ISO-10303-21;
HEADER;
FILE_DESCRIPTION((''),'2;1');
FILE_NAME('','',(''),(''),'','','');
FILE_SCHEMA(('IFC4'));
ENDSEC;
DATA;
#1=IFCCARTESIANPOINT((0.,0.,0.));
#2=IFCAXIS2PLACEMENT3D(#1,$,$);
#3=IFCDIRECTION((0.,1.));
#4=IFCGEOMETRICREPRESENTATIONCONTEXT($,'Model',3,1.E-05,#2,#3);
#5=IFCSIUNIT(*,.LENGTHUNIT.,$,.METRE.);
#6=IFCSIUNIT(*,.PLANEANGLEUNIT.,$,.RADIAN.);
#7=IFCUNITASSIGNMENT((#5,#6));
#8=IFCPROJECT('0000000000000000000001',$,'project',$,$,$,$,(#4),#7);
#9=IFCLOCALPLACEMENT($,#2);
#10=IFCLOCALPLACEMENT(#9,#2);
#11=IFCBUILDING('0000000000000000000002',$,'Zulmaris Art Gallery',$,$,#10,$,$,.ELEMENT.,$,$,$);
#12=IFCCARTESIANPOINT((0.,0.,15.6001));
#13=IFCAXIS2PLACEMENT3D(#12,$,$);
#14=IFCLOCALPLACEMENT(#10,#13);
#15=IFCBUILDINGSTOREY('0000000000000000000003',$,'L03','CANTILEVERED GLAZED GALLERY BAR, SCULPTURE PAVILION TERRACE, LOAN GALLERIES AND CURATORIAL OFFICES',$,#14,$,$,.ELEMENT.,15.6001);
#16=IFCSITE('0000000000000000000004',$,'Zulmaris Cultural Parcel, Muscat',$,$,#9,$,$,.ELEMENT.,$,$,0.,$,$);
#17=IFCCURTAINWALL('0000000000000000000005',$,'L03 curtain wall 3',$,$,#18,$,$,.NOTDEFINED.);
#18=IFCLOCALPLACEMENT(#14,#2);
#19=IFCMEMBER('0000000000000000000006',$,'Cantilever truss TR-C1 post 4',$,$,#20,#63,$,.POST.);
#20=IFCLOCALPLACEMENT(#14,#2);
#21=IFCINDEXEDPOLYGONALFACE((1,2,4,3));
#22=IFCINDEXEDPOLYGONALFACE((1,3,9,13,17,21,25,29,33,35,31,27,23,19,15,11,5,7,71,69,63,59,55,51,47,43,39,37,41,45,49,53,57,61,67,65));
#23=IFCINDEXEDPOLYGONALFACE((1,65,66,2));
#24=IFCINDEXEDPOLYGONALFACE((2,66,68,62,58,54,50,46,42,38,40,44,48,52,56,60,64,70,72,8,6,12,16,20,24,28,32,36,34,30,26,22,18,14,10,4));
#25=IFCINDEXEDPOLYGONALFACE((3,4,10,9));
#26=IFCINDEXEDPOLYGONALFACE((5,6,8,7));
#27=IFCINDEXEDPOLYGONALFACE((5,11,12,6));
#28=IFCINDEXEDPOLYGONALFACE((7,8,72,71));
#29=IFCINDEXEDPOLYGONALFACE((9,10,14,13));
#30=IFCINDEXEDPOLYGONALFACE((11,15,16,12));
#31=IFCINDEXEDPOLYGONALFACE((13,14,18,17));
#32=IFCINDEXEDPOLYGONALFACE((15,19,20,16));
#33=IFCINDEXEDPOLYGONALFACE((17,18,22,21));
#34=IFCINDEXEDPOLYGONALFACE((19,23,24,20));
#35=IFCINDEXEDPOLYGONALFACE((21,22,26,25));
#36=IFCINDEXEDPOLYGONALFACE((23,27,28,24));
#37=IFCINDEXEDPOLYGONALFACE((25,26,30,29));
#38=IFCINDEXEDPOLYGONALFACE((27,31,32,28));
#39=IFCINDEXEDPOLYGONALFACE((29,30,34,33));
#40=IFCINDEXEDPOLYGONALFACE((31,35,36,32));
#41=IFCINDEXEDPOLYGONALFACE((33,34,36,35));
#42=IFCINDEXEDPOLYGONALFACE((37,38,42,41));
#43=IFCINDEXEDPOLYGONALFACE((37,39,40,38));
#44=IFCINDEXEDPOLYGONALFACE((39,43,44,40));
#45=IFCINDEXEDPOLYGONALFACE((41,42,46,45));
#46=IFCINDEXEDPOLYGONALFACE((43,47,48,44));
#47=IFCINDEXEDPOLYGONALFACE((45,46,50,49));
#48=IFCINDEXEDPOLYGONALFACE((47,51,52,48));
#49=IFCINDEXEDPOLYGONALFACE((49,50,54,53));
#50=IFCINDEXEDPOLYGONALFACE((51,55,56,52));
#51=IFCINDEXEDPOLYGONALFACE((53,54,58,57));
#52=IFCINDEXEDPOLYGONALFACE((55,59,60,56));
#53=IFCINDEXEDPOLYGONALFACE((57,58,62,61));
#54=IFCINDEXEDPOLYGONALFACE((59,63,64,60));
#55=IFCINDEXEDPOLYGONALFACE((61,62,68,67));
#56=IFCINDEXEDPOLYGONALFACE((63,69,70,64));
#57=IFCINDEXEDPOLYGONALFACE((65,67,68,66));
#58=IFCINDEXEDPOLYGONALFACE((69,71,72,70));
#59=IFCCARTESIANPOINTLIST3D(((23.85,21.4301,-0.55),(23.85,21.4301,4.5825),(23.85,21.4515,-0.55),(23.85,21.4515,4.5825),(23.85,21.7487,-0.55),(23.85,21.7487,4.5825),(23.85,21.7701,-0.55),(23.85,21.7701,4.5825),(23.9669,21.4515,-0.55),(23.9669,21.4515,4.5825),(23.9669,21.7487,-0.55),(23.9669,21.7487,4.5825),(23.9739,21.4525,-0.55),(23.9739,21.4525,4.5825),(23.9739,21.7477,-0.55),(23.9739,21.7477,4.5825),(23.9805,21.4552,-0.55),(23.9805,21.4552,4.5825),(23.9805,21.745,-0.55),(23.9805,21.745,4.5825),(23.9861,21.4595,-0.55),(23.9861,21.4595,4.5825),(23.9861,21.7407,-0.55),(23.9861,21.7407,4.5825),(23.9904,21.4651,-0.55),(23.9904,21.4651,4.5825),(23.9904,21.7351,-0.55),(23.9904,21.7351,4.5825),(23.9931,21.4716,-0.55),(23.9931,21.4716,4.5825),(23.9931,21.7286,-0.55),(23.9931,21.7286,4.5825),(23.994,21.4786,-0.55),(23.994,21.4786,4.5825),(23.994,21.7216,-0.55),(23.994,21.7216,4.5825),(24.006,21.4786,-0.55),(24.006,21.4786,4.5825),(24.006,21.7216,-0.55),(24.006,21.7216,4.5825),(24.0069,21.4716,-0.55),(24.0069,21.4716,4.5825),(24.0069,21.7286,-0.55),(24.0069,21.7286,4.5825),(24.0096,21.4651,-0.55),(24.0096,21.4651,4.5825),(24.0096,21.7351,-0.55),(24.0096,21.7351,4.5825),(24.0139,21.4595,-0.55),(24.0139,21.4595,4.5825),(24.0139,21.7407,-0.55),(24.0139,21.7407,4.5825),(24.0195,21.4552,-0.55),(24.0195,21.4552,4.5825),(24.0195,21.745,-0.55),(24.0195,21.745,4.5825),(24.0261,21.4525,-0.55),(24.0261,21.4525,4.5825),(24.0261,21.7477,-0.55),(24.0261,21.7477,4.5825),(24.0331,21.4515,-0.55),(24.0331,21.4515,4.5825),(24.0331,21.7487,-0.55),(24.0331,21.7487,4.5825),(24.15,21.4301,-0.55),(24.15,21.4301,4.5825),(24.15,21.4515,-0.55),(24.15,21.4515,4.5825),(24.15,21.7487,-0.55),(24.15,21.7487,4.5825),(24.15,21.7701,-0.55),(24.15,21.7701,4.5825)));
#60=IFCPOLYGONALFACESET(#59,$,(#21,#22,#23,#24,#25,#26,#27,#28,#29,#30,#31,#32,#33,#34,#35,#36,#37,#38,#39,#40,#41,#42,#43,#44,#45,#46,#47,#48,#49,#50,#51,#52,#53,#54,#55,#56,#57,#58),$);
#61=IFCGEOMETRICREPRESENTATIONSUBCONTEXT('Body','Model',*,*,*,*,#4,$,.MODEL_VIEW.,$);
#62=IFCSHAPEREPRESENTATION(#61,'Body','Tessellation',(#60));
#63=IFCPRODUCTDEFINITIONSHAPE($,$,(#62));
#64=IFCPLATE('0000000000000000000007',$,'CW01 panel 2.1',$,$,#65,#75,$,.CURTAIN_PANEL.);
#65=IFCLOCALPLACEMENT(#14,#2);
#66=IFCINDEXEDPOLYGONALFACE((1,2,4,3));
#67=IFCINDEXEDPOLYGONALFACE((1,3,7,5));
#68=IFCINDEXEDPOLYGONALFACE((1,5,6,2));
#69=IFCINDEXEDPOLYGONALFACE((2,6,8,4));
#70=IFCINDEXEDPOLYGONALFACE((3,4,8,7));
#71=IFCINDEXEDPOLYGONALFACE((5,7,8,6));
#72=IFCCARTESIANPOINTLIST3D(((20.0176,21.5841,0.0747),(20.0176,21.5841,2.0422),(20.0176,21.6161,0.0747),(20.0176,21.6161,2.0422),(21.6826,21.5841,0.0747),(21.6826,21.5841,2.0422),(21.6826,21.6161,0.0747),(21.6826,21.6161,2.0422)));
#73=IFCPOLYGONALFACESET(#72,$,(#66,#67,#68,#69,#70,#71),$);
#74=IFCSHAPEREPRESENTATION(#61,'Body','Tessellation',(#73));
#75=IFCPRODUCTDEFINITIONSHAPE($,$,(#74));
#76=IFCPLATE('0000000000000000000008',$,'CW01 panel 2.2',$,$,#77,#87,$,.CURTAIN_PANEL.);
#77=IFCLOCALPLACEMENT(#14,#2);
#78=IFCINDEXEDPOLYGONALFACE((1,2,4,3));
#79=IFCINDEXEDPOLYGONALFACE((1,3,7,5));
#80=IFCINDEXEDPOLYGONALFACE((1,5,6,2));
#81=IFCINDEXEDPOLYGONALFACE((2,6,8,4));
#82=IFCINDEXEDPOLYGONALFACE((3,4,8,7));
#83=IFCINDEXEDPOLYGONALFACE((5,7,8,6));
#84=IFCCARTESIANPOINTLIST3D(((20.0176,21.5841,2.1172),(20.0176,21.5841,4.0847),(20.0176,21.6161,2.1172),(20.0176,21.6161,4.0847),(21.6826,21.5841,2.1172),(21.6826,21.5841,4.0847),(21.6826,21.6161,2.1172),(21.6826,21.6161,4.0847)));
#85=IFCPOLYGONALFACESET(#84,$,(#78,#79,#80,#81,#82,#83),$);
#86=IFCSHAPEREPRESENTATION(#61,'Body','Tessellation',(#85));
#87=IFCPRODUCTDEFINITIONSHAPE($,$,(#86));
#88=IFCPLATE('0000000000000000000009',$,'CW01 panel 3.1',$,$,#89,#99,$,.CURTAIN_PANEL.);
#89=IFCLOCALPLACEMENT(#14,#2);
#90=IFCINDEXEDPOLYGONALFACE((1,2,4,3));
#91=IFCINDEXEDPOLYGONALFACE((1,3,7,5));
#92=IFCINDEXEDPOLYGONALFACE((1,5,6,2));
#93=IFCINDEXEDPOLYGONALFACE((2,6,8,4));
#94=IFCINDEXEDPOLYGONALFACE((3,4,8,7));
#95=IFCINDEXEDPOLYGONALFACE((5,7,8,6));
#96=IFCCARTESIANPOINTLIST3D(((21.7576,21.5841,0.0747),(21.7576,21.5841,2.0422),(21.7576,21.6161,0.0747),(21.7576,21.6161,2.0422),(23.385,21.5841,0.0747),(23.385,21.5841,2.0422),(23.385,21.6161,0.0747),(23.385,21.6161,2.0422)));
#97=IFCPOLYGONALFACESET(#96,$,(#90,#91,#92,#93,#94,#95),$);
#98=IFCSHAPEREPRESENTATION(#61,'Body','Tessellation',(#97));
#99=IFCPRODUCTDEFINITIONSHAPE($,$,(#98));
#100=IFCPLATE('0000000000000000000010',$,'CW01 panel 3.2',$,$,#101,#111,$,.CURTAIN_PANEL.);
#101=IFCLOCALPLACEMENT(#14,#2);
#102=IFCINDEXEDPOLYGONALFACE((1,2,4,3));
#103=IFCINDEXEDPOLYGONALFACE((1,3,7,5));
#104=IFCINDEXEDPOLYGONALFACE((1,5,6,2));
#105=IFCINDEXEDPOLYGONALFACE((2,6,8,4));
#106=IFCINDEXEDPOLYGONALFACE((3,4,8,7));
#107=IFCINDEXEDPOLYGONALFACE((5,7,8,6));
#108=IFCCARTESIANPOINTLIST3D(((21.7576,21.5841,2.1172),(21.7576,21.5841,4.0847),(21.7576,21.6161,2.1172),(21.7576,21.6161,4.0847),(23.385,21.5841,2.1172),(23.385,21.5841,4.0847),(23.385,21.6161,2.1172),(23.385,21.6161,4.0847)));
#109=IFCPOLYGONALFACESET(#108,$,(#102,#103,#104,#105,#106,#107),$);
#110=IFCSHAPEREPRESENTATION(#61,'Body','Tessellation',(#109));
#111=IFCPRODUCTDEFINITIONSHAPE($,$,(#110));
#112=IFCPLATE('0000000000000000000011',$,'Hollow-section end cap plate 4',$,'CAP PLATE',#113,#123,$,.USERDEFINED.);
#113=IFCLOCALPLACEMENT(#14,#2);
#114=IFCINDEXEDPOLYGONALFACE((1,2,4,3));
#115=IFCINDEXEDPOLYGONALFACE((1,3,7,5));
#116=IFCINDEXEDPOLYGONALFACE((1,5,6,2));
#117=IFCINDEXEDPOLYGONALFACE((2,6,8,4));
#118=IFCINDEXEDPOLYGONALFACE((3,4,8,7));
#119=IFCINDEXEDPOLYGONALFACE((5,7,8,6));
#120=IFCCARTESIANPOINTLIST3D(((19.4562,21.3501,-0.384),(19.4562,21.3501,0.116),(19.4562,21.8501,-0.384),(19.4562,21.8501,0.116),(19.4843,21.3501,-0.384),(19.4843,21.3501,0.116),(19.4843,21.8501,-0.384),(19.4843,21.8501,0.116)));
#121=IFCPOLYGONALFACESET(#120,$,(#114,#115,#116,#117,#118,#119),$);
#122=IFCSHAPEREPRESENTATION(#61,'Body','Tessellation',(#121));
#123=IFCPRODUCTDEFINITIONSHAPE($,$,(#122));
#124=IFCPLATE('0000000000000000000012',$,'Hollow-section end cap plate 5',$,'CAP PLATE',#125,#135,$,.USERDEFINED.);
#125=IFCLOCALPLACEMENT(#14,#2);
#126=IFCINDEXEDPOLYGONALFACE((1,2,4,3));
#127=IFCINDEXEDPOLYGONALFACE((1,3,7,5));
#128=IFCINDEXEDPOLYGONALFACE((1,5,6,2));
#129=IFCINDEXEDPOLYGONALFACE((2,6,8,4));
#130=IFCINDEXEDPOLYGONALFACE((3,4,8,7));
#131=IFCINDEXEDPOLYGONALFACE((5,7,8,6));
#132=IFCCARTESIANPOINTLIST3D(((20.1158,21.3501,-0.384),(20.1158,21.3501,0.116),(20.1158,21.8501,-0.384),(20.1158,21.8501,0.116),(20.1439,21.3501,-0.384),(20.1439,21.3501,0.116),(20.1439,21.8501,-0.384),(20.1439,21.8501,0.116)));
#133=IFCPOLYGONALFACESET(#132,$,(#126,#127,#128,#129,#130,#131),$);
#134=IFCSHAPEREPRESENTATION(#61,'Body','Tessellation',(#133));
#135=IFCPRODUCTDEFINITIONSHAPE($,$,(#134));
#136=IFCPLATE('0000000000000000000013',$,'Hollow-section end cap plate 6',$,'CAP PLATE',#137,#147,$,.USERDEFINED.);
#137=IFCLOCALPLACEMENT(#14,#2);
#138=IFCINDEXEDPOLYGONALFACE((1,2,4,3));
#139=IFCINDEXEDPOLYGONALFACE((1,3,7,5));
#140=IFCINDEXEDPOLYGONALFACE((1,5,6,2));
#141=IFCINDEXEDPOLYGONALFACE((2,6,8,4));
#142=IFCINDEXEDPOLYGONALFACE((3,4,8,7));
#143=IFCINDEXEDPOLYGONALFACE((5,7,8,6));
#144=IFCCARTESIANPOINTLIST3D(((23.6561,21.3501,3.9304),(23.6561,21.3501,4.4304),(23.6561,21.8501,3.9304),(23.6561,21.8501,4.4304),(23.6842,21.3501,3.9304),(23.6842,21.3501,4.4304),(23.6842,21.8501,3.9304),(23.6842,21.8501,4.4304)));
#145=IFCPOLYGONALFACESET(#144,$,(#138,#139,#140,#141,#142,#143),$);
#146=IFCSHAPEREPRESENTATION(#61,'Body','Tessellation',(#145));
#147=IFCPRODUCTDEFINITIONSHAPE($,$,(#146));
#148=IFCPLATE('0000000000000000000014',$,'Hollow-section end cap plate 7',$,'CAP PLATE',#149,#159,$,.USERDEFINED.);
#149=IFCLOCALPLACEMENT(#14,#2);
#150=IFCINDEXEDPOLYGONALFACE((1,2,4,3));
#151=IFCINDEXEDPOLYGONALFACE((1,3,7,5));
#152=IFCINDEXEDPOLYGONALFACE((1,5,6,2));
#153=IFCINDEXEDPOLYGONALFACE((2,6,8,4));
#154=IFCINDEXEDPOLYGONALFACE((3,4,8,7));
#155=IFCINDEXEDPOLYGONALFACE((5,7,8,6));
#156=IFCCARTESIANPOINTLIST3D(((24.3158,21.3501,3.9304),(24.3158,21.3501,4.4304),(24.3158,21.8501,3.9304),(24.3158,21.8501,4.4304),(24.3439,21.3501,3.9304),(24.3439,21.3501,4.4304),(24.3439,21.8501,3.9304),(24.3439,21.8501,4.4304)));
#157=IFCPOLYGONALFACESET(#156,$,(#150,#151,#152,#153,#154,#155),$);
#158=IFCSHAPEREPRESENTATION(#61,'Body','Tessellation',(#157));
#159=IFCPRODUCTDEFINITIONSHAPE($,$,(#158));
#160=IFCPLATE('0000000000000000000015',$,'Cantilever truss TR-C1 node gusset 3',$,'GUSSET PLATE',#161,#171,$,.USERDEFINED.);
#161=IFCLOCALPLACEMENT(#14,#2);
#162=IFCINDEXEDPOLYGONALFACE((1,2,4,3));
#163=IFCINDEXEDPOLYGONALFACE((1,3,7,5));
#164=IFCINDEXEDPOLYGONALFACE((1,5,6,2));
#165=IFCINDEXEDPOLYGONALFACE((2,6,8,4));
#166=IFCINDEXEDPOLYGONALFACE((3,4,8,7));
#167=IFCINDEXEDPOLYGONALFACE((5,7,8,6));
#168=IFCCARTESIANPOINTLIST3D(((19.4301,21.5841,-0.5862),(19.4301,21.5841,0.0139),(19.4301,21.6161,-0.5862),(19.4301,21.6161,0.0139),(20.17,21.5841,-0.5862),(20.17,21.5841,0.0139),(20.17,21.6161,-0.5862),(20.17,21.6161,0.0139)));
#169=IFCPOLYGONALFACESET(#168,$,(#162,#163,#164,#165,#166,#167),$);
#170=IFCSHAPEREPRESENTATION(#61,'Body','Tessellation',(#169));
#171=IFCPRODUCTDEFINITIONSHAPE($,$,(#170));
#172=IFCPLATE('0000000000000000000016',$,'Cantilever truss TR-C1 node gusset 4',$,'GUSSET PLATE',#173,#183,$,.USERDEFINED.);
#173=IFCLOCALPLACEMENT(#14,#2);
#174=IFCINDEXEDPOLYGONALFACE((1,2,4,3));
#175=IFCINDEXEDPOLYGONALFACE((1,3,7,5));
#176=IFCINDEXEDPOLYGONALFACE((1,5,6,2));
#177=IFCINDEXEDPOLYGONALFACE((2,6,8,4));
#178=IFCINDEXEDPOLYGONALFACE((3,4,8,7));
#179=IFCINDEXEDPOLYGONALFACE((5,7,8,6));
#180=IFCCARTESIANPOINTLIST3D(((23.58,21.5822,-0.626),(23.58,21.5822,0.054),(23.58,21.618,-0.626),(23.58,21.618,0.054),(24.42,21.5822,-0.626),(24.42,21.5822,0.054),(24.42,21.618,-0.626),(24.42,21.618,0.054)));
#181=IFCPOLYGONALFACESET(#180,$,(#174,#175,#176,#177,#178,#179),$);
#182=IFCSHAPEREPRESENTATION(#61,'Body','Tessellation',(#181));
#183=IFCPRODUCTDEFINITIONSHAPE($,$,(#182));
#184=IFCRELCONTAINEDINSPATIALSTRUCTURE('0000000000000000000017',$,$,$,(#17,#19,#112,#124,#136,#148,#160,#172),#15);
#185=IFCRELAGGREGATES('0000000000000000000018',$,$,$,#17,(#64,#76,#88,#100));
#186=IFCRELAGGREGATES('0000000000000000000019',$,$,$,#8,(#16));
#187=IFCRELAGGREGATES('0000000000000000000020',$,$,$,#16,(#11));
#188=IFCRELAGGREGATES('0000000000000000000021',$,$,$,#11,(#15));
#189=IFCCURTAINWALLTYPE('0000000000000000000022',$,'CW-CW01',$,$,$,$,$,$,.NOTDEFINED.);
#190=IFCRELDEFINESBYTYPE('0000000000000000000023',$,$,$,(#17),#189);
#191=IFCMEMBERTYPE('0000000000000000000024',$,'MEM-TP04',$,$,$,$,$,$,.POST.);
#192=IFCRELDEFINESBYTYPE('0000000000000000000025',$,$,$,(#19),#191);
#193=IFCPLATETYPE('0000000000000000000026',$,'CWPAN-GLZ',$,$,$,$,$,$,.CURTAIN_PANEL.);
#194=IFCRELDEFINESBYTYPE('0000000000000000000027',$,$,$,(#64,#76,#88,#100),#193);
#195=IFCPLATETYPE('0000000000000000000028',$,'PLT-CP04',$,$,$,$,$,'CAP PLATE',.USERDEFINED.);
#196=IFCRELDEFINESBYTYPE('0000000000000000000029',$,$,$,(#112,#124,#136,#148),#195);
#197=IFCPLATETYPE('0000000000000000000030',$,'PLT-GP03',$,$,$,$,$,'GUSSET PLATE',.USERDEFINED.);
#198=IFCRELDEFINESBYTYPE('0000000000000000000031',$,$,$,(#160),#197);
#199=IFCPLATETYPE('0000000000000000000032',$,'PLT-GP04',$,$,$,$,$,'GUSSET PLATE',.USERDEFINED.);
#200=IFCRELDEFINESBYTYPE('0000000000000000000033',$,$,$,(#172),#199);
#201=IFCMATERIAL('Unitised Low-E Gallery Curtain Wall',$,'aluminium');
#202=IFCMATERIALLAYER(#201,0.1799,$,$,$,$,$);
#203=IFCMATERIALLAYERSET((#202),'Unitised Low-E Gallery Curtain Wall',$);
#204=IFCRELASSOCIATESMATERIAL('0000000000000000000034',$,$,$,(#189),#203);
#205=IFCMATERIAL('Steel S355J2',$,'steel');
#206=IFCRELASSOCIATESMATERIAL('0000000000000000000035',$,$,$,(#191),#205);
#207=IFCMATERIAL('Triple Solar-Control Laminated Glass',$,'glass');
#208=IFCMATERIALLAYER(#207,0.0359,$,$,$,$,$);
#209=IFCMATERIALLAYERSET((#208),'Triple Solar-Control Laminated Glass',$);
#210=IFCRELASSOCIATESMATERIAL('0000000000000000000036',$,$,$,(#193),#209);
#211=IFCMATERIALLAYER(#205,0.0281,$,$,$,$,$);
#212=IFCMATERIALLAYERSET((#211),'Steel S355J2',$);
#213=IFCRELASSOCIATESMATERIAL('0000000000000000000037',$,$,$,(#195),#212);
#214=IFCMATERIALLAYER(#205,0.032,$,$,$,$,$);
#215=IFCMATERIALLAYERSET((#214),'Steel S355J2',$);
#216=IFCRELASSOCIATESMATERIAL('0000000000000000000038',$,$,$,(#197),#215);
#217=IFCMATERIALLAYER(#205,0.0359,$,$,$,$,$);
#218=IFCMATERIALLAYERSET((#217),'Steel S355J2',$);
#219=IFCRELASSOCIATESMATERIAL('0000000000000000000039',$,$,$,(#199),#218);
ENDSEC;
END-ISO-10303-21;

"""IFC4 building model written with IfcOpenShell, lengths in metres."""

from ifc_helpers import new_model, si_unit, direction, frame, origin, origin_2d, place, context, subcontext, project, spatial, rectangle, i_section, extrude, material, layer, layer_set, material_profile, profile_set, type_object, element, aggregate, save


model = new_model("IFC4")

# Units and contexts
model_context = context("Model", 3, precision=1e-05, world=origin(), true_north=direction((0.0, 1.0)))
body_context = subcontext(model_context, "Body", "Model", "MODEL_VIEW")
ifc_project = project(units=[si_unit("LENGTHUNIT", "METRE"), si_unit("PLANEANGLEUNIT", "RADIAN")], contexts=[model_context])

# Site, building, storey
site_placement = place(None, origin())
site = spatial("IfcSite", under=ifc_project, at=site_placement, Name="Zulmaris Cultural Parcel, Muscat", CompositionType="ELEMENT", RefElevation=0.0)
building_placement = place(site_placement, origin())
building = spatial("IfcBuilding", under=site, at=building_placement, Name="Zulmaris Art Gallery", CompositionType="ELEMENT")
storey_placement = place(building_placement, frame((0.0, 0.0, 15.6001)))
storey = spatial("IfcBuildingStorey", under=building, at=storey_placement, Name="L03", Description="CANTILEVERED GLAZED GALLERY BAR, SCULPTURE PAVILION TERRACE, LOAN GALLERIES AND CURATORIAL OFFICES", CompositionType="ELEMENT", Elevation=15.6001)

# Shared definitions
ifc_material_1 = material(Name="Steel S355J2", Category="steel")

# Curtain wall
ifc_material_2 = material(Name="Unitised Low-E Gallery Curtain Wall", Category="aluminium")
ifc_layer_1 = layer(ifc_material_2, 0.1799)
ifc_layer_set_1 = layer_set([ifc_layer_1], Name="Unitised Low-E Gallery Curtain Wall")
curtain_wall_type = type_object("IfcCurtainWallType", Name="CW-CW01", PredefinedType="NOTDEFINED", material=ifc_layer_set_1)
curtain_wall_1_placement = place(storey_placement, origin())
curtain_wall_1 = element("IfcCurtainWall", 1, at=curtain_wall_1_placement, inside=storey, type_object=curtain_wall_type, Name="L03 curtain wall 3", PredefinedType="NOTDEFINED")

# Member
ifc_material_profile_1 = material_profile(ifc_material_1, i_section(OverallWidth=0.3, OverallDepth=0.3401, WebThickness=0.012, FlangeThickness=0.0215, FilletRadius=0.0271, at=origin_2d()), Name="HEB 340")
ifc_profile_set_1 = profile_set([ifc_material_profile_1], Name="Steel S355J2")
member_type_1 = type_object("IfcMemberType", Name="MEM-TP04", PredefinedType="POST", material=ifc_profile_set_1)
member_1_placement = place(storey_placement, frame((24.0, 21.6001, -0.55), z_axis=(0.0, 0.0, 1.0), x_axis=(1.0, 0.0, 0.0)))
element("IfcMember", 2, at=member_1_placement, inside=storey, type_object=member_type_1, Name="Cantilever truss TR-C1 post 4", PredefinedType="POST", context=body_context, shape_type="SweptSolid", body=[
    extrude(i_section(OverallWidth=0.3, OverallDepth=0.3401, WebThickness=0.012, FlangeThickness=0.0215, FilletRadius=0.0271, at=origin_2d()), origin(), (0.0, 0.0, 1.0), 5.1326),
])

# Plates
ifc_material_3 = material(Name="Triple Solar-Control Laminated Glass", Category="glass")
ifc_layer_2 = layer(ifc_material_3, 0.0359)
ifc_layer_set_2 = layer_set([ifc_layer_2], Name="Triple Solar-Control Laminated Glass")
plate_type_1 = type_object("IfcPlateType", Name="CWPAN-GLZ", PredefinedType="CURTAIN_PANEL", material=ifc_layer_set_2)
plate_1_placement = place(storey_placement, frame((20.8501, 21.6001, 0.0747), z_axis=(0.0, 0.0, 1.0), x_axis=(1.0, 0.0, 0.0)))
plate_1 = element("IfcPlate", 3, at=plate_1_placement, type_object=plate_type_1, Name="CW01 panel 2.1", PredefinedType="CURTAIN_PANEL", context=body_context, shape_type="SweptSolid", body=[
    extrude(rectangle(XDim=1.665, YDim=0.032, at=origin_2d()), origin(), (0.0, 0.0, 1.0), 1.9675),
])
plate_2_placement = place(storey_placement, frame((20.8501, 21.6001, 2.1172), z_axis=(0.0, 0.0, 1.0), x_axis=(1.0, 0.0, 0.0)))
plate_2 = element("IfcPlate", 4, at=plate_2_placement, type_object=plate_type_1, Name="CW01 panel 2.2", PredefinedType="CURTAIN_PANEL", context=body_context, shape_type="SweptSolid", body=[
    extrude(rectangle(XDim=1.665, YDim=0.032, at=origin_2d()), origin(), (0.0, 0.0, 1.0), 1.9675),
])
plate_3_placement = place(storey_placement, frame((22.5713, 21.6001, 0.0747), z_axis=(0.0, 0.0, 1.0), x_axis=(1.0, 0.0, 0.0)))
plate_3 = element("IfcPlate", 5, at=plate_3_placement, type_object=plate_type_1, Name="CW01 panel 3.1", PredefinedType="CURTAIN_PANEL", context=body_context, shape_type="SweptSolid", body=[
    extrude(rectangle(XDim=1.6274, YDim=0.032, at=origin_2d()), origin(), (0.0, 0.0, 1.0), 1.9675),
])
plate_4_placement = place(storey_placement, frame((22.5713, 21.6001, 2.1172), z_axis=(0.0, 0.0, 1.0), x_axis=(1.0, 0.0, 0.0)))
plate_4 = element("IfcPlate", 6, at=plate_4_placement, type_object=plate_type_1, Name="CW01 panel 3.2", PredefinedType="CURTAIN_PANEL", context=body_context, shape_type="SweptSolid", body=[
    extrude(rectangle(XDim=1.6274, YDim=0.032, at=origin_2d()), origin(), (0.0, 0.0, 1.0), 1.9675),
])
aggregate(curtain_wall_1, [plate_1, plate_2, plate_3, plate_4])

# Plates
ifc_layer_3 = layer(ifc_material_1, 0.0281)
ifc_layer_set_3 = layer_set([ifc_layer_3], Name="Steel S355J2")
plate_type_2 = type_object("IfcPlateType", Name="PLT-CP04", ElementType="CAP PLATE", PredefinedType="USERDEFINED", material=ifc_layer_set_3)
for number, where, z_axis, x_axis, name in (
    (7, (19.4702, 21.6001, -0.384), (0.0, 0.0, 1.0), (1.0, 0.0, 0.0), "Hollow-section end cap plate 4"),
    (8, (20.1299, 21.6001, -0.384), (0.0, 0.0, 1.0), (1.0, 0.0, 0.0), "Hollow-section end cap plate 5"),
    (9, (23.6702, 21.6001, 3.9304), (0.0, 0.0, 1.0), (1.0, 0.0, 0.0), "Hollow-section end cap plate 6"),
    (10, (24.3298, 21.6001, 3.9304), (0.0, 0.0, 1.0), (1.0, 0.0, 0.0), "Hollow-section end cap plate 7"),
):
    element("IfcPlate", number, at=place(storey_placement, frame(where, z_axis=z_axis, x_axis=x_axis)), inside=storey, type_object=plate_type_2, Name=name, ObjectType="CAP PLATE", PredefinedType="USERDEFINED", context=body_context, shape_type="SweptSolid", body=[
        extrude(rectangle(XDim=0.0281, YDim=0.5, at=origin_2d()), origin(), (0.0, 0.0, 1.0), 0.5),
    ])
ifc_layer_4 = layer(ifc_material_1, 0.032)
ifc_layer_set_4 = layer_set([ifc_layer_4], Name="Steel S355J2")
plate_type_3 = type_object("IfcPlateType", Name="PLT-GP03", ElementType="GUSSET PLATE", PredefinedType="USERDEFINED", material=ifc_layer_set_4)
plate_5_placement = place(storey_placement, frame((19.8, 21.6001, -0.5862), z_axis=(0.0, 0.0, 1.0), x_axis=(1.0, 0.0, 0.0)))
element("IfcPlate", 11, at=plate_5_placement, inside=storey, type_object=plate_type_3, Name="Cantilever truss TR-C1 node gusset 3", ObjectType="GUSSET PLATE", PredefinedType="USERDEFINED", context=body_context, shape_type="SweptSolid", body=[
    extrude(rectangle(XDim=0.74, YDim=0.032, at=origin_2d()), origin(), (0.0, 0.0, 1.0), 0.6001),
])
ifc_layer_5 = layer(ifc_material_1, 0.0359)
ifc_layer_set_5 = layer_set([ifc_layer_5], Name="Steel S355J2")
plate_type_4 = type_object("IfcPlateType", Name="PLT-GP04", ElementType="GUSSET PLATE", PredefinedType="USERDEFINED", material=ifc_layer_set_5)
plate_6_placement = place(storey_placement, frame((24.0, 21.6001, -0.626), z_axis=(0.0, 0.0, 1.0), x_axis=(1.0, 0.0, 0.0)))
element("IfcPlate", 12, at=plate_6_placement, inside=storey, type_object=plate_type_4, Name="Cantilever truss TR-C1 node gusset 4", ObjectType="GUSSET PLATE", PredefinedType="USERDEFINED", context=body_context, shape_type="SweptSolid", body=[
    extrude(rectangle(XDim=0.8401, YDim=0.0359, at=origin_2d()), origin(), (0.0, 0.0, 1.0), 0.6799),
])

save(model, "model.ifc")
